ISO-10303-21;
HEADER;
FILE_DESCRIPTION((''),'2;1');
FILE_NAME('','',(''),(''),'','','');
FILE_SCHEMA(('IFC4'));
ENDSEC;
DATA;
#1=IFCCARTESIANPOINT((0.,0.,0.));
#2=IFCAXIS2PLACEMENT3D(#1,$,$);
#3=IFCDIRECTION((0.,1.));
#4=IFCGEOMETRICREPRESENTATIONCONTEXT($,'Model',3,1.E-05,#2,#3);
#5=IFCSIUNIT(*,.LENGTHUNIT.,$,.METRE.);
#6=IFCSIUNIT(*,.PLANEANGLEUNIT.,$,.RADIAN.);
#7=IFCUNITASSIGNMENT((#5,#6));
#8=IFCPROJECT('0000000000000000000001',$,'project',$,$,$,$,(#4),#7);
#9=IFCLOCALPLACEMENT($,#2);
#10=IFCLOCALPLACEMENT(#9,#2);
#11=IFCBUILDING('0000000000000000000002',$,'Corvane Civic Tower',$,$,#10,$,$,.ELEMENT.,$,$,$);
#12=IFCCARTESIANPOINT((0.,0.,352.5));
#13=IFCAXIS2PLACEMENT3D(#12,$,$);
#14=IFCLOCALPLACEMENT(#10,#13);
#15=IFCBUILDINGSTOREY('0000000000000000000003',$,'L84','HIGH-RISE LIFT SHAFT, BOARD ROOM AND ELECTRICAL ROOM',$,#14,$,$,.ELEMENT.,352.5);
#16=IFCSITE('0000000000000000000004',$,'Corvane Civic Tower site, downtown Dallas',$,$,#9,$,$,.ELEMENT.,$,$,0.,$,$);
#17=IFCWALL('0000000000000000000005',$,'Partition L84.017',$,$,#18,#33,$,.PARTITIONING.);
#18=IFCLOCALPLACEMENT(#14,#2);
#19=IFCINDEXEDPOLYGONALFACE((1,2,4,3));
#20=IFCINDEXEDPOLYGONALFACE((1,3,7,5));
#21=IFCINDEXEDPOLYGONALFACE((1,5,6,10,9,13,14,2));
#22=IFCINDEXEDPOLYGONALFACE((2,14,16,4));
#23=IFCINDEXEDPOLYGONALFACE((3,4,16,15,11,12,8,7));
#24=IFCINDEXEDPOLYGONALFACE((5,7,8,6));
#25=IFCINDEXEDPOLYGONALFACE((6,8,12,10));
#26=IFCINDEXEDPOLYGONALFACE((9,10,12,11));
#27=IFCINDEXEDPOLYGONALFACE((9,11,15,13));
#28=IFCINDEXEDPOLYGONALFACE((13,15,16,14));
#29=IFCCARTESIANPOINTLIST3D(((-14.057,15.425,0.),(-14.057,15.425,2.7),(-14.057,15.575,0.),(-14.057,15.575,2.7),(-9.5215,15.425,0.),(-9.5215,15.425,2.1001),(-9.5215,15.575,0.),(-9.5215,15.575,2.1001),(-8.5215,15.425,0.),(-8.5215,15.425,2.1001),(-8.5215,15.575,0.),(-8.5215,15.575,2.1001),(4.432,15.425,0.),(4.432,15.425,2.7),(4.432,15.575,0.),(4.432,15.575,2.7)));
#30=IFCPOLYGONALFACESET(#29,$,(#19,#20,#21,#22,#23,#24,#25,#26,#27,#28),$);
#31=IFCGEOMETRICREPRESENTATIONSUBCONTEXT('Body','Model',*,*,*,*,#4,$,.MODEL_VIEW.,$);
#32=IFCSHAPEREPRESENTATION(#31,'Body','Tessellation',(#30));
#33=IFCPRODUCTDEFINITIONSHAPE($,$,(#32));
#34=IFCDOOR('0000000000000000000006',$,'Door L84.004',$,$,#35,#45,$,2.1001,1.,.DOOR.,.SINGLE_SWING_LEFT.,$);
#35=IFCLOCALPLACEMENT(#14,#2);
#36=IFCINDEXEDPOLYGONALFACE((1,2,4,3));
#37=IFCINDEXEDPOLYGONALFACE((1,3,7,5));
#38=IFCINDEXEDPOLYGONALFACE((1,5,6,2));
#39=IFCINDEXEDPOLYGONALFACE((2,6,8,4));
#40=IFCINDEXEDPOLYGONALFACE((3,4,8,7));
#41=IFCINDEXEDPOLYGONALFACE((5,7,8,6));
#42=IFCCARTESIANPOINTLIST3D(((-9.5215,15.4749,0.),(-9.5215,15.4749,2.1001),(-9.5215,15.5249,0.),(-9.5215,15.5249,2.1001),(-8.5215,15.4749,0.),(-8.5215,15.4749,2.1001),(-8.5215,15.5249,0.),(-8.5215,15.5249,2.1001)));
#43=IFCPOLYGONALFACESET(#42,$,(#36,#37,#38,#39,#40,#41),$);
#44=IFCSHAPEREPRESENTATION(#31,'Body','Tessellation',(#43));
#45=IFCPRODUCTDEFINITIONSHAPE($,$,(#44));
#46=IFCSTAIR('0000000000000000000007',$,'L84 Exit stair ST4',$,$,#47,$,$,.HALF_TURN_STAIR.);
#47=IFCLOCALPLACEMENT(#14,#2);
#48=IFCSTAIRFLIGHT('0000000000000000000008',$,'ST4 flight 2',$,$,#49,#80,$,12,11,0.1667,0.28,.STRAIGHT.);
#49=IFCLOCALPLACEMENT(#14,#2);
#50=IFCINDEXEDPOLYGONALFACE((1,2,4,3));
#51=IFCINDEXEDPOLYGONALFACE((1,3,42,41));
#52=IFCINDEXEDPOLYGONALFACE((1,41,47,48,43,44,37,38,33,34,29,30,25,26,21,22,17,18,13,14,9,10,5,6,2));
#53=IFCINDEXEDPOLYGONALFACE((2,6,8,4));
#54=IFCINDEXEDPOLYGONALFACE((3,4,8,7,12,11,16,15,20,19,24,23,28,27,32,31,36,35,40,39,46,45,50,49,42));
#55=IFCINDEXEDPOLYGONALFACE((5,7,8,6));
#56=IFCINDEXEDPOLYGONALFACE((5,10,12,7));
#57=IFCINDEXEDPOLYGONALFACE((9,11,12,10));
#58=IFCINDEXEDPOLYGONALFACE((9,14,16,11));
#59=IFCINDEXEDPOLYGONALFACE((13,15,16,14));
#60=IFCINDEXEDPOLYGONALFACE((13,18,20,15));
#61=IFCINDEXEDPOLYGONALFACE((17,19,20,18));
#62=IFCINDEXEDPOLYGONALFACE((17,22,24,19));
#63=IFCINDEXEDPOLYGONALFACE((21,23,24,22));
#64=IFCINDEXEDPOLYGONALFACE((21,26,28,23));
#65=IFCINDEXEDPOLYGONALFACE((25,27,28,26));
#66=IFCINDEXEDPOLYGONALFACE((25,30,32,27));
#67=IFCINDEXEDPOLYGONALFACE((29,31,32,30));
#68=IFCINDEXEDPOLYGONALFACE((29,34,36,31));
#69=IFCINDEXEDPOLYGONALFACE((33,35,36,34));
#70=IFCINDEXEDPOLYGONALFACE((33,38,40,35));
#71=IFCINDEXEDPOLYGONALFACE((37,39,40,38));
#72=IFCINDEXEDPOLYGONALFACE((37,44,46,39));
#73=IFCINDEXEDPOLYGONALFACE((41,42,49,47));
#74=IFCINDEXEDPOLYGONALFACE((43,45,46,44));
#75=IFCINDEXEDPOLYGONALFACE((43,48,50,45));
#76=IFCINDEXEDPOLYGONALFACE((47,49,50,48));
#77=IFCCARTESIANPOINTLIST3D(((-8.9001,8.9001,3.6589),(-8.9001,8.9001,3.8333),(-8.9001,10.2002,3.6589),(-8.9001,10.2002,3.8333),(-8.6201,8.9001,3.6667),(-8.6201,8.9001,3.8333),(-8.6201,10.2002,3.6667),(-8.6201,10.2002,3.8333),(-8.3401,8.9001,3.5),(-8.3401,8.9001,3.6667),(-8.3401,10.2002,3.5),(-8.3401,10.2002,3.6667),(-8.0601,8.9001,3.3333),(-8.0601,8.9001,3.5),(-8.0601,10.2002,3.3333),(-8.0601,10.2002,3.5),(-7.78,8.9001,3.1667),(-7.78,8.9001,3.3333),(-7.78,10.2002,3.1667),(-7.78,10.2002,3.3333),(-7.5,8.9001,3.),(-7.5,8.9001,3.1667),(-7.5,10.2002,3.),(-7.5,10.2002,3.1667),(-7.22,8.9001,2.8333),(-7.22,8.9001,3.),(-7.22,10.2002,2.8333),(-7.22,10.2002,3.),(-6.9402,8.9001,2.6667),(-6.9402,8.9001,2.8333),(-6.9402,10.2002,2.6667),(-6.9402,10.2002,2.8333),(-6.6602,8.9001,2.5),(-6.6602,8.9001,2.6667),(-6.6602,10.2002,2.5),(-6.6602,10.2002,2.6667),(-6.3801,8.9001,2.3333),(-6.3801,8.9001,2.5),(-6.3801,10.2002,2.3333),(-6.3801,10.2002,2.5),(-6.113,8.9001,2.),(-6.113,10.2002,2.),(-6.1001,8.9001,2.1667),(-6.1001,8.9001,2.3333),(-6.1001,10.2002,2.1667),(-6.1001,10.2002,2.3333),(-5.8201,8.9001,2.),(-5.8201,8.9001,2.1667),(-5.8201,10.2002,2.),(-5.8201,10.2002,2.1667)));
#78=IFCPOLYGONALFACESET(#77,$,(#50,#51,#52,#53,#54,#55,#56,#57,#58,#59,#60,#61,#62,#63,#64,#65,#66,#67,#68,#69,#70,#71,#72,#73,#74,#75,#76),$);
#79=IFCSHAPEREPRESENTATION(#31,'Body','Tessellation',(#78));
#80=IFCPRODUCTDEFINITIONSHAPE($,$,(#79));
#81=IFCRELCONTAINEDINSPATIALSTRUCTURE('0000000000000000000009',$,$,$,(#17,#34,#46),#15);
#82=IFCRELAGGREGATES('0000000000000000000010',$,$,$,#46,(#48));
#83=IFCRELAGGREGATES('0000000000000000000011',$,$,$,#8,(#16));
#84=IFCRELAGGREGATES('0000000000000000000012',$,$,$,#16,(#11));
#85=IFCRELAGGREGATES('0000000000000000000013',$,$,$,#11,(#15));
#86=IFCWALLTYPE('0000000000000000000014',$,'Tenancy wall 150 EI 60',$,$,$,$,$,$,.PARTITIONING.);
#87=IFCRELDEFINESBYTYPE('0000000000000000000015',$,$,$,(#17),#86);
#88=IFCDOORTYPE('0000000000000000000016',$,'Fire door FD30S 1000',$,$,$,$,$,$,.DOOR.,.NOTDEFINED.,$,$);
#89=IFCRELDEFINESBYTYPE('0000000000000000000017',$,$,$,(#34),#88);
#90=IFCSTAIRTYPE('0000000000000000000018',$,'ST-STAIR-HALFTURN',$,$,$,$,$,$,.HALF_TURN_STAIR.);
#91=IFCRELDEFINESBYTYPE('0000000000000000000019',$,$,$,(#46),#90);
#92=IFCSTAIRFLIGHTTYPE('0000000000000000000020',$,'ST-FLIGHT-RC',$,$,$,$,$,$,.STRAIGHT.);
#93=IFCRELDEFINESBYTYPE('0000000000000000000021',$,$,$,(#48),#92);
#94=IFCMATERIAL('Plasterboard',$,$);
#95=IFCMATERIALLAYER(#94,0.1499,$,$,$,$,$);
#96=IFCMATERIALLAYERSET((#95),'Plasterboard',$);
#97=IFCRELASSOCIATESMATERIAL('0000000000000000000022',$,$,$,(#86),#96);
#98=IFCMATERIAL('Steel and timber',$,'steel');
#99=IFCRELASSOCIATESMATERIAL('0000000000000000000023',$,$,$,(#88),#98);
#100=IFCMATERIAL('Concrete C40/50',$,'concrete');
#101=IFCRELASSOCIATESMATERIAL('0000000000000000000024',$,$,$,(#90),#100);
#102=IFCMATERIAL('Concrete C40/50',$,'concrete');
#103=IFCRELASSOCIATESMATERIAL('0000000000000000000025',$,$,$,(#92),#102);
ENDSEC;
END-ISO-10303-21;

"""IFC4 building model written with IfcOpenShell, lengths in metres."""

from ifc_helpers import new_model, si_unit, direction, frame, frame_2d, origin, place, context, subcontext, project, spatial, polyline, rectangle, outline, extrude, material, layer, layer_set, type_object, element, fill, aggregate, save


model = new_model("IFC4")

# Units and contexts
model_context = context("Model", 3, precision=1e-05, world=origin(), true_north=direction((0.0, 1.0)))
body_context = subcontext(model_context, "Body", "Model", "MODEL_VIEW")
ifc_project = project(units=[si_unit("LENGTHUNIT", "METRE"), si_unit("PLANEANGLEUNIT", "RADIAN")], contexts=[model_context])

# Site, building, storey
site_placement = place(None, origin())
site = spatial("IfcSite", under=ifc_project, at=site_placement, Name="Corvane Civic Tower site, downtown Dallas", CompositionType="ELEMENT", RefElevation=0.0)
building_placement = place(site_placement, origin())
building = spatial("IfcBuilding", under=site, at=building_placement, Name="Corvane Civic Tower", CompositionType="ELEMENT")
storey_placement = place(building_placement, frame((0.0, 0.0, 352.5)))
storey = spatial("IfcBuildingStorey", under=building, at=storey_placement, Name="L84", Description="HIGH-RISE LIFT SHAFT, BOARD ROOM AND ELECTRICAL ROOM", CompositionType="ELEMENT", Elevation=352.5)

# Wall, opening, door
ifc_material_1 = material(Name="Plasterboard")
ifc_layer_1 = layer(ifc_material_1, 0.1499)
ifc_layer_set_1 = layer_set([ifc_layer_1], Name="Plasterboard")
wall_type_1 = type_object("IfcWallType", Name="Tenancy wall 150 EI 60", PredefinedType="PARTITIONING", material=ifc_layer_set_1)
wall_1_placement = place(storey_placement, frame((-14.0571, 15.5, 0.0), z_axis=(0.0, 0.0, 1.0), x_axis=(1.0, 0.0, 0.0)))
wall_1 = element("IfcWall", 1, at=wall_1_placement, inside=storey, type_object=wall_type_1, Name="Partition L84.017", PredefinedType="PARTITIONING", context=body_context, shape_type="SweptSolid", body=[
    extrude(rectangle(XDim=18.489, YDim=0.1499, at=frame_2d((9.2446, 0.0))), origin(), (0.0, 0.0, 1.0), 2.7),
])
opening_placement = place(wall_1_placement, frame((4.5356, 0.0, 0.0)))
opening = element("IfcOpeningElement", 2, at=opening_placement, cuts=wall_1, PredefinedType="OPENING", context=body_context, shape_type="SweptSolid", body=[
    extrude(rectangle(XDim=1.0, YDim=2.1001, at=frame_2d((0.5, 1.05))), frame((0.0, 0.085, 0.0), z_axis=(0.0, -1.0, 0.0), x_axis=(1.0, 0.0, 0.0)), (0.0, 0.0, 1.0), 0.1699),
])
ifc_material_2 = material(Name="Steel and timber", Category="steel")
door_type = type_object("IfcDoorType", Name="Fire door FD30S 1000", OperationType="NOTDEFINED", PredefinedType="DOOR", material=ifc_material_2)
door_placement = place(opening_placement, origin())
door = element("IfcDoor", 3, at=door_placement, inside=storey, type_object=door_type, Name="Door L84.004", OperationType="SINGLE_SWING_LEFT", OverallHeight=2.1001, OverallWidth=1.0, PredefinedType="DOOR", context=body_context, shape_type="SweptSolid", body=[
    extrude(rectangle(XDim=1.0, YDim=2.1001, at=frame_2d((0.5, 1.05))), frame((0.0, 0.0249, 0.0), z_axis=(0.0, -1.0, 0.0), x_axis=(1.0, 0.0, 0.0)), (0.0, 0.0, 1.0), 0.05),
])
fill(opening, door)

# Stair, stair flight
ifc_material_3 = material(Name="Concrete C40/50", Category="concrete")
stair_type = type_object("IfcStairType", Name="ST-STAIR-HALFTURN", PredefinedType="HALF_TURN_STAIR", material=ifc_material_3)
stair_placement = place(storey_placement, origin())
stair = element("IfcStair", 4, at=stair_placement, inside=storey, type_object=stair_type, Name="L84 Exit stair ST4", PredefinedType="HALF_TURN_STAIR")
ifc_material_4 = material(Name="Concrete C40/50", Category="concrete")
stair_flight_type = type_object("IfcStairFlightType", Name="ST-FLIGHT-RC", PredefinedType="STRAIGHT", material=ifc_material_4)
stair_flight_placement = place(storey_placement, frame((-5.8201, 9.55, 2.0), z_axis=(0.0, 0.0, 1.0), x_axis=(-1.0, 0.0, 0.0)))
stair_flight = element("IfcStairFlight", 5, at=stair_flight_placement, type_object=stair_flight_type, Name="ST4 flight 2", NumberOfRisers=12, NumberOfTreads=11, PredefinedType="STRAIGHT", RiserHeight=0.1667, TreadLength=0.28, context=body_context, shape_type="SweptSolid", body=[
    extrude(outline(polyline([(0.0, 0.0), (0.0, 0.1667), (0.28, 0.1667), (0.28, 0.3333), (0.5601, 0.3333), (0.5601, 0.5), (0.8401, 0.5), (0.8401, 0.6667), (1.1201, 0.6667), (1.1201, 0.8333), (1.3999, 0.8333), (1.3999, 1.0), (1.6799, 1.0), (1.6799, 1.1667), (1.96, 1.1667), (1.96, 1.3333), (2.24, 1.3333), (2.24, 1.5), (2.52, 1.5), (2.52, 1.6667), (2.8, 1.6667), (2.8, 1.8333), (3.0801, 1.8333), (3.0801, 2.0), (3.0801, 1.6589), (0.293, 0.0), (0.0, 0.0)])), frame((0.0, 0.6499, 0.0), z_axis=(0.0, -1.0, 0.0), x_axis=(1.0, 0.0, 0.0)), (0.0, 0.0, 1.0), 1.3),
])
aggregate(stair, [stair_flight])

save(model, "model.ifc")
